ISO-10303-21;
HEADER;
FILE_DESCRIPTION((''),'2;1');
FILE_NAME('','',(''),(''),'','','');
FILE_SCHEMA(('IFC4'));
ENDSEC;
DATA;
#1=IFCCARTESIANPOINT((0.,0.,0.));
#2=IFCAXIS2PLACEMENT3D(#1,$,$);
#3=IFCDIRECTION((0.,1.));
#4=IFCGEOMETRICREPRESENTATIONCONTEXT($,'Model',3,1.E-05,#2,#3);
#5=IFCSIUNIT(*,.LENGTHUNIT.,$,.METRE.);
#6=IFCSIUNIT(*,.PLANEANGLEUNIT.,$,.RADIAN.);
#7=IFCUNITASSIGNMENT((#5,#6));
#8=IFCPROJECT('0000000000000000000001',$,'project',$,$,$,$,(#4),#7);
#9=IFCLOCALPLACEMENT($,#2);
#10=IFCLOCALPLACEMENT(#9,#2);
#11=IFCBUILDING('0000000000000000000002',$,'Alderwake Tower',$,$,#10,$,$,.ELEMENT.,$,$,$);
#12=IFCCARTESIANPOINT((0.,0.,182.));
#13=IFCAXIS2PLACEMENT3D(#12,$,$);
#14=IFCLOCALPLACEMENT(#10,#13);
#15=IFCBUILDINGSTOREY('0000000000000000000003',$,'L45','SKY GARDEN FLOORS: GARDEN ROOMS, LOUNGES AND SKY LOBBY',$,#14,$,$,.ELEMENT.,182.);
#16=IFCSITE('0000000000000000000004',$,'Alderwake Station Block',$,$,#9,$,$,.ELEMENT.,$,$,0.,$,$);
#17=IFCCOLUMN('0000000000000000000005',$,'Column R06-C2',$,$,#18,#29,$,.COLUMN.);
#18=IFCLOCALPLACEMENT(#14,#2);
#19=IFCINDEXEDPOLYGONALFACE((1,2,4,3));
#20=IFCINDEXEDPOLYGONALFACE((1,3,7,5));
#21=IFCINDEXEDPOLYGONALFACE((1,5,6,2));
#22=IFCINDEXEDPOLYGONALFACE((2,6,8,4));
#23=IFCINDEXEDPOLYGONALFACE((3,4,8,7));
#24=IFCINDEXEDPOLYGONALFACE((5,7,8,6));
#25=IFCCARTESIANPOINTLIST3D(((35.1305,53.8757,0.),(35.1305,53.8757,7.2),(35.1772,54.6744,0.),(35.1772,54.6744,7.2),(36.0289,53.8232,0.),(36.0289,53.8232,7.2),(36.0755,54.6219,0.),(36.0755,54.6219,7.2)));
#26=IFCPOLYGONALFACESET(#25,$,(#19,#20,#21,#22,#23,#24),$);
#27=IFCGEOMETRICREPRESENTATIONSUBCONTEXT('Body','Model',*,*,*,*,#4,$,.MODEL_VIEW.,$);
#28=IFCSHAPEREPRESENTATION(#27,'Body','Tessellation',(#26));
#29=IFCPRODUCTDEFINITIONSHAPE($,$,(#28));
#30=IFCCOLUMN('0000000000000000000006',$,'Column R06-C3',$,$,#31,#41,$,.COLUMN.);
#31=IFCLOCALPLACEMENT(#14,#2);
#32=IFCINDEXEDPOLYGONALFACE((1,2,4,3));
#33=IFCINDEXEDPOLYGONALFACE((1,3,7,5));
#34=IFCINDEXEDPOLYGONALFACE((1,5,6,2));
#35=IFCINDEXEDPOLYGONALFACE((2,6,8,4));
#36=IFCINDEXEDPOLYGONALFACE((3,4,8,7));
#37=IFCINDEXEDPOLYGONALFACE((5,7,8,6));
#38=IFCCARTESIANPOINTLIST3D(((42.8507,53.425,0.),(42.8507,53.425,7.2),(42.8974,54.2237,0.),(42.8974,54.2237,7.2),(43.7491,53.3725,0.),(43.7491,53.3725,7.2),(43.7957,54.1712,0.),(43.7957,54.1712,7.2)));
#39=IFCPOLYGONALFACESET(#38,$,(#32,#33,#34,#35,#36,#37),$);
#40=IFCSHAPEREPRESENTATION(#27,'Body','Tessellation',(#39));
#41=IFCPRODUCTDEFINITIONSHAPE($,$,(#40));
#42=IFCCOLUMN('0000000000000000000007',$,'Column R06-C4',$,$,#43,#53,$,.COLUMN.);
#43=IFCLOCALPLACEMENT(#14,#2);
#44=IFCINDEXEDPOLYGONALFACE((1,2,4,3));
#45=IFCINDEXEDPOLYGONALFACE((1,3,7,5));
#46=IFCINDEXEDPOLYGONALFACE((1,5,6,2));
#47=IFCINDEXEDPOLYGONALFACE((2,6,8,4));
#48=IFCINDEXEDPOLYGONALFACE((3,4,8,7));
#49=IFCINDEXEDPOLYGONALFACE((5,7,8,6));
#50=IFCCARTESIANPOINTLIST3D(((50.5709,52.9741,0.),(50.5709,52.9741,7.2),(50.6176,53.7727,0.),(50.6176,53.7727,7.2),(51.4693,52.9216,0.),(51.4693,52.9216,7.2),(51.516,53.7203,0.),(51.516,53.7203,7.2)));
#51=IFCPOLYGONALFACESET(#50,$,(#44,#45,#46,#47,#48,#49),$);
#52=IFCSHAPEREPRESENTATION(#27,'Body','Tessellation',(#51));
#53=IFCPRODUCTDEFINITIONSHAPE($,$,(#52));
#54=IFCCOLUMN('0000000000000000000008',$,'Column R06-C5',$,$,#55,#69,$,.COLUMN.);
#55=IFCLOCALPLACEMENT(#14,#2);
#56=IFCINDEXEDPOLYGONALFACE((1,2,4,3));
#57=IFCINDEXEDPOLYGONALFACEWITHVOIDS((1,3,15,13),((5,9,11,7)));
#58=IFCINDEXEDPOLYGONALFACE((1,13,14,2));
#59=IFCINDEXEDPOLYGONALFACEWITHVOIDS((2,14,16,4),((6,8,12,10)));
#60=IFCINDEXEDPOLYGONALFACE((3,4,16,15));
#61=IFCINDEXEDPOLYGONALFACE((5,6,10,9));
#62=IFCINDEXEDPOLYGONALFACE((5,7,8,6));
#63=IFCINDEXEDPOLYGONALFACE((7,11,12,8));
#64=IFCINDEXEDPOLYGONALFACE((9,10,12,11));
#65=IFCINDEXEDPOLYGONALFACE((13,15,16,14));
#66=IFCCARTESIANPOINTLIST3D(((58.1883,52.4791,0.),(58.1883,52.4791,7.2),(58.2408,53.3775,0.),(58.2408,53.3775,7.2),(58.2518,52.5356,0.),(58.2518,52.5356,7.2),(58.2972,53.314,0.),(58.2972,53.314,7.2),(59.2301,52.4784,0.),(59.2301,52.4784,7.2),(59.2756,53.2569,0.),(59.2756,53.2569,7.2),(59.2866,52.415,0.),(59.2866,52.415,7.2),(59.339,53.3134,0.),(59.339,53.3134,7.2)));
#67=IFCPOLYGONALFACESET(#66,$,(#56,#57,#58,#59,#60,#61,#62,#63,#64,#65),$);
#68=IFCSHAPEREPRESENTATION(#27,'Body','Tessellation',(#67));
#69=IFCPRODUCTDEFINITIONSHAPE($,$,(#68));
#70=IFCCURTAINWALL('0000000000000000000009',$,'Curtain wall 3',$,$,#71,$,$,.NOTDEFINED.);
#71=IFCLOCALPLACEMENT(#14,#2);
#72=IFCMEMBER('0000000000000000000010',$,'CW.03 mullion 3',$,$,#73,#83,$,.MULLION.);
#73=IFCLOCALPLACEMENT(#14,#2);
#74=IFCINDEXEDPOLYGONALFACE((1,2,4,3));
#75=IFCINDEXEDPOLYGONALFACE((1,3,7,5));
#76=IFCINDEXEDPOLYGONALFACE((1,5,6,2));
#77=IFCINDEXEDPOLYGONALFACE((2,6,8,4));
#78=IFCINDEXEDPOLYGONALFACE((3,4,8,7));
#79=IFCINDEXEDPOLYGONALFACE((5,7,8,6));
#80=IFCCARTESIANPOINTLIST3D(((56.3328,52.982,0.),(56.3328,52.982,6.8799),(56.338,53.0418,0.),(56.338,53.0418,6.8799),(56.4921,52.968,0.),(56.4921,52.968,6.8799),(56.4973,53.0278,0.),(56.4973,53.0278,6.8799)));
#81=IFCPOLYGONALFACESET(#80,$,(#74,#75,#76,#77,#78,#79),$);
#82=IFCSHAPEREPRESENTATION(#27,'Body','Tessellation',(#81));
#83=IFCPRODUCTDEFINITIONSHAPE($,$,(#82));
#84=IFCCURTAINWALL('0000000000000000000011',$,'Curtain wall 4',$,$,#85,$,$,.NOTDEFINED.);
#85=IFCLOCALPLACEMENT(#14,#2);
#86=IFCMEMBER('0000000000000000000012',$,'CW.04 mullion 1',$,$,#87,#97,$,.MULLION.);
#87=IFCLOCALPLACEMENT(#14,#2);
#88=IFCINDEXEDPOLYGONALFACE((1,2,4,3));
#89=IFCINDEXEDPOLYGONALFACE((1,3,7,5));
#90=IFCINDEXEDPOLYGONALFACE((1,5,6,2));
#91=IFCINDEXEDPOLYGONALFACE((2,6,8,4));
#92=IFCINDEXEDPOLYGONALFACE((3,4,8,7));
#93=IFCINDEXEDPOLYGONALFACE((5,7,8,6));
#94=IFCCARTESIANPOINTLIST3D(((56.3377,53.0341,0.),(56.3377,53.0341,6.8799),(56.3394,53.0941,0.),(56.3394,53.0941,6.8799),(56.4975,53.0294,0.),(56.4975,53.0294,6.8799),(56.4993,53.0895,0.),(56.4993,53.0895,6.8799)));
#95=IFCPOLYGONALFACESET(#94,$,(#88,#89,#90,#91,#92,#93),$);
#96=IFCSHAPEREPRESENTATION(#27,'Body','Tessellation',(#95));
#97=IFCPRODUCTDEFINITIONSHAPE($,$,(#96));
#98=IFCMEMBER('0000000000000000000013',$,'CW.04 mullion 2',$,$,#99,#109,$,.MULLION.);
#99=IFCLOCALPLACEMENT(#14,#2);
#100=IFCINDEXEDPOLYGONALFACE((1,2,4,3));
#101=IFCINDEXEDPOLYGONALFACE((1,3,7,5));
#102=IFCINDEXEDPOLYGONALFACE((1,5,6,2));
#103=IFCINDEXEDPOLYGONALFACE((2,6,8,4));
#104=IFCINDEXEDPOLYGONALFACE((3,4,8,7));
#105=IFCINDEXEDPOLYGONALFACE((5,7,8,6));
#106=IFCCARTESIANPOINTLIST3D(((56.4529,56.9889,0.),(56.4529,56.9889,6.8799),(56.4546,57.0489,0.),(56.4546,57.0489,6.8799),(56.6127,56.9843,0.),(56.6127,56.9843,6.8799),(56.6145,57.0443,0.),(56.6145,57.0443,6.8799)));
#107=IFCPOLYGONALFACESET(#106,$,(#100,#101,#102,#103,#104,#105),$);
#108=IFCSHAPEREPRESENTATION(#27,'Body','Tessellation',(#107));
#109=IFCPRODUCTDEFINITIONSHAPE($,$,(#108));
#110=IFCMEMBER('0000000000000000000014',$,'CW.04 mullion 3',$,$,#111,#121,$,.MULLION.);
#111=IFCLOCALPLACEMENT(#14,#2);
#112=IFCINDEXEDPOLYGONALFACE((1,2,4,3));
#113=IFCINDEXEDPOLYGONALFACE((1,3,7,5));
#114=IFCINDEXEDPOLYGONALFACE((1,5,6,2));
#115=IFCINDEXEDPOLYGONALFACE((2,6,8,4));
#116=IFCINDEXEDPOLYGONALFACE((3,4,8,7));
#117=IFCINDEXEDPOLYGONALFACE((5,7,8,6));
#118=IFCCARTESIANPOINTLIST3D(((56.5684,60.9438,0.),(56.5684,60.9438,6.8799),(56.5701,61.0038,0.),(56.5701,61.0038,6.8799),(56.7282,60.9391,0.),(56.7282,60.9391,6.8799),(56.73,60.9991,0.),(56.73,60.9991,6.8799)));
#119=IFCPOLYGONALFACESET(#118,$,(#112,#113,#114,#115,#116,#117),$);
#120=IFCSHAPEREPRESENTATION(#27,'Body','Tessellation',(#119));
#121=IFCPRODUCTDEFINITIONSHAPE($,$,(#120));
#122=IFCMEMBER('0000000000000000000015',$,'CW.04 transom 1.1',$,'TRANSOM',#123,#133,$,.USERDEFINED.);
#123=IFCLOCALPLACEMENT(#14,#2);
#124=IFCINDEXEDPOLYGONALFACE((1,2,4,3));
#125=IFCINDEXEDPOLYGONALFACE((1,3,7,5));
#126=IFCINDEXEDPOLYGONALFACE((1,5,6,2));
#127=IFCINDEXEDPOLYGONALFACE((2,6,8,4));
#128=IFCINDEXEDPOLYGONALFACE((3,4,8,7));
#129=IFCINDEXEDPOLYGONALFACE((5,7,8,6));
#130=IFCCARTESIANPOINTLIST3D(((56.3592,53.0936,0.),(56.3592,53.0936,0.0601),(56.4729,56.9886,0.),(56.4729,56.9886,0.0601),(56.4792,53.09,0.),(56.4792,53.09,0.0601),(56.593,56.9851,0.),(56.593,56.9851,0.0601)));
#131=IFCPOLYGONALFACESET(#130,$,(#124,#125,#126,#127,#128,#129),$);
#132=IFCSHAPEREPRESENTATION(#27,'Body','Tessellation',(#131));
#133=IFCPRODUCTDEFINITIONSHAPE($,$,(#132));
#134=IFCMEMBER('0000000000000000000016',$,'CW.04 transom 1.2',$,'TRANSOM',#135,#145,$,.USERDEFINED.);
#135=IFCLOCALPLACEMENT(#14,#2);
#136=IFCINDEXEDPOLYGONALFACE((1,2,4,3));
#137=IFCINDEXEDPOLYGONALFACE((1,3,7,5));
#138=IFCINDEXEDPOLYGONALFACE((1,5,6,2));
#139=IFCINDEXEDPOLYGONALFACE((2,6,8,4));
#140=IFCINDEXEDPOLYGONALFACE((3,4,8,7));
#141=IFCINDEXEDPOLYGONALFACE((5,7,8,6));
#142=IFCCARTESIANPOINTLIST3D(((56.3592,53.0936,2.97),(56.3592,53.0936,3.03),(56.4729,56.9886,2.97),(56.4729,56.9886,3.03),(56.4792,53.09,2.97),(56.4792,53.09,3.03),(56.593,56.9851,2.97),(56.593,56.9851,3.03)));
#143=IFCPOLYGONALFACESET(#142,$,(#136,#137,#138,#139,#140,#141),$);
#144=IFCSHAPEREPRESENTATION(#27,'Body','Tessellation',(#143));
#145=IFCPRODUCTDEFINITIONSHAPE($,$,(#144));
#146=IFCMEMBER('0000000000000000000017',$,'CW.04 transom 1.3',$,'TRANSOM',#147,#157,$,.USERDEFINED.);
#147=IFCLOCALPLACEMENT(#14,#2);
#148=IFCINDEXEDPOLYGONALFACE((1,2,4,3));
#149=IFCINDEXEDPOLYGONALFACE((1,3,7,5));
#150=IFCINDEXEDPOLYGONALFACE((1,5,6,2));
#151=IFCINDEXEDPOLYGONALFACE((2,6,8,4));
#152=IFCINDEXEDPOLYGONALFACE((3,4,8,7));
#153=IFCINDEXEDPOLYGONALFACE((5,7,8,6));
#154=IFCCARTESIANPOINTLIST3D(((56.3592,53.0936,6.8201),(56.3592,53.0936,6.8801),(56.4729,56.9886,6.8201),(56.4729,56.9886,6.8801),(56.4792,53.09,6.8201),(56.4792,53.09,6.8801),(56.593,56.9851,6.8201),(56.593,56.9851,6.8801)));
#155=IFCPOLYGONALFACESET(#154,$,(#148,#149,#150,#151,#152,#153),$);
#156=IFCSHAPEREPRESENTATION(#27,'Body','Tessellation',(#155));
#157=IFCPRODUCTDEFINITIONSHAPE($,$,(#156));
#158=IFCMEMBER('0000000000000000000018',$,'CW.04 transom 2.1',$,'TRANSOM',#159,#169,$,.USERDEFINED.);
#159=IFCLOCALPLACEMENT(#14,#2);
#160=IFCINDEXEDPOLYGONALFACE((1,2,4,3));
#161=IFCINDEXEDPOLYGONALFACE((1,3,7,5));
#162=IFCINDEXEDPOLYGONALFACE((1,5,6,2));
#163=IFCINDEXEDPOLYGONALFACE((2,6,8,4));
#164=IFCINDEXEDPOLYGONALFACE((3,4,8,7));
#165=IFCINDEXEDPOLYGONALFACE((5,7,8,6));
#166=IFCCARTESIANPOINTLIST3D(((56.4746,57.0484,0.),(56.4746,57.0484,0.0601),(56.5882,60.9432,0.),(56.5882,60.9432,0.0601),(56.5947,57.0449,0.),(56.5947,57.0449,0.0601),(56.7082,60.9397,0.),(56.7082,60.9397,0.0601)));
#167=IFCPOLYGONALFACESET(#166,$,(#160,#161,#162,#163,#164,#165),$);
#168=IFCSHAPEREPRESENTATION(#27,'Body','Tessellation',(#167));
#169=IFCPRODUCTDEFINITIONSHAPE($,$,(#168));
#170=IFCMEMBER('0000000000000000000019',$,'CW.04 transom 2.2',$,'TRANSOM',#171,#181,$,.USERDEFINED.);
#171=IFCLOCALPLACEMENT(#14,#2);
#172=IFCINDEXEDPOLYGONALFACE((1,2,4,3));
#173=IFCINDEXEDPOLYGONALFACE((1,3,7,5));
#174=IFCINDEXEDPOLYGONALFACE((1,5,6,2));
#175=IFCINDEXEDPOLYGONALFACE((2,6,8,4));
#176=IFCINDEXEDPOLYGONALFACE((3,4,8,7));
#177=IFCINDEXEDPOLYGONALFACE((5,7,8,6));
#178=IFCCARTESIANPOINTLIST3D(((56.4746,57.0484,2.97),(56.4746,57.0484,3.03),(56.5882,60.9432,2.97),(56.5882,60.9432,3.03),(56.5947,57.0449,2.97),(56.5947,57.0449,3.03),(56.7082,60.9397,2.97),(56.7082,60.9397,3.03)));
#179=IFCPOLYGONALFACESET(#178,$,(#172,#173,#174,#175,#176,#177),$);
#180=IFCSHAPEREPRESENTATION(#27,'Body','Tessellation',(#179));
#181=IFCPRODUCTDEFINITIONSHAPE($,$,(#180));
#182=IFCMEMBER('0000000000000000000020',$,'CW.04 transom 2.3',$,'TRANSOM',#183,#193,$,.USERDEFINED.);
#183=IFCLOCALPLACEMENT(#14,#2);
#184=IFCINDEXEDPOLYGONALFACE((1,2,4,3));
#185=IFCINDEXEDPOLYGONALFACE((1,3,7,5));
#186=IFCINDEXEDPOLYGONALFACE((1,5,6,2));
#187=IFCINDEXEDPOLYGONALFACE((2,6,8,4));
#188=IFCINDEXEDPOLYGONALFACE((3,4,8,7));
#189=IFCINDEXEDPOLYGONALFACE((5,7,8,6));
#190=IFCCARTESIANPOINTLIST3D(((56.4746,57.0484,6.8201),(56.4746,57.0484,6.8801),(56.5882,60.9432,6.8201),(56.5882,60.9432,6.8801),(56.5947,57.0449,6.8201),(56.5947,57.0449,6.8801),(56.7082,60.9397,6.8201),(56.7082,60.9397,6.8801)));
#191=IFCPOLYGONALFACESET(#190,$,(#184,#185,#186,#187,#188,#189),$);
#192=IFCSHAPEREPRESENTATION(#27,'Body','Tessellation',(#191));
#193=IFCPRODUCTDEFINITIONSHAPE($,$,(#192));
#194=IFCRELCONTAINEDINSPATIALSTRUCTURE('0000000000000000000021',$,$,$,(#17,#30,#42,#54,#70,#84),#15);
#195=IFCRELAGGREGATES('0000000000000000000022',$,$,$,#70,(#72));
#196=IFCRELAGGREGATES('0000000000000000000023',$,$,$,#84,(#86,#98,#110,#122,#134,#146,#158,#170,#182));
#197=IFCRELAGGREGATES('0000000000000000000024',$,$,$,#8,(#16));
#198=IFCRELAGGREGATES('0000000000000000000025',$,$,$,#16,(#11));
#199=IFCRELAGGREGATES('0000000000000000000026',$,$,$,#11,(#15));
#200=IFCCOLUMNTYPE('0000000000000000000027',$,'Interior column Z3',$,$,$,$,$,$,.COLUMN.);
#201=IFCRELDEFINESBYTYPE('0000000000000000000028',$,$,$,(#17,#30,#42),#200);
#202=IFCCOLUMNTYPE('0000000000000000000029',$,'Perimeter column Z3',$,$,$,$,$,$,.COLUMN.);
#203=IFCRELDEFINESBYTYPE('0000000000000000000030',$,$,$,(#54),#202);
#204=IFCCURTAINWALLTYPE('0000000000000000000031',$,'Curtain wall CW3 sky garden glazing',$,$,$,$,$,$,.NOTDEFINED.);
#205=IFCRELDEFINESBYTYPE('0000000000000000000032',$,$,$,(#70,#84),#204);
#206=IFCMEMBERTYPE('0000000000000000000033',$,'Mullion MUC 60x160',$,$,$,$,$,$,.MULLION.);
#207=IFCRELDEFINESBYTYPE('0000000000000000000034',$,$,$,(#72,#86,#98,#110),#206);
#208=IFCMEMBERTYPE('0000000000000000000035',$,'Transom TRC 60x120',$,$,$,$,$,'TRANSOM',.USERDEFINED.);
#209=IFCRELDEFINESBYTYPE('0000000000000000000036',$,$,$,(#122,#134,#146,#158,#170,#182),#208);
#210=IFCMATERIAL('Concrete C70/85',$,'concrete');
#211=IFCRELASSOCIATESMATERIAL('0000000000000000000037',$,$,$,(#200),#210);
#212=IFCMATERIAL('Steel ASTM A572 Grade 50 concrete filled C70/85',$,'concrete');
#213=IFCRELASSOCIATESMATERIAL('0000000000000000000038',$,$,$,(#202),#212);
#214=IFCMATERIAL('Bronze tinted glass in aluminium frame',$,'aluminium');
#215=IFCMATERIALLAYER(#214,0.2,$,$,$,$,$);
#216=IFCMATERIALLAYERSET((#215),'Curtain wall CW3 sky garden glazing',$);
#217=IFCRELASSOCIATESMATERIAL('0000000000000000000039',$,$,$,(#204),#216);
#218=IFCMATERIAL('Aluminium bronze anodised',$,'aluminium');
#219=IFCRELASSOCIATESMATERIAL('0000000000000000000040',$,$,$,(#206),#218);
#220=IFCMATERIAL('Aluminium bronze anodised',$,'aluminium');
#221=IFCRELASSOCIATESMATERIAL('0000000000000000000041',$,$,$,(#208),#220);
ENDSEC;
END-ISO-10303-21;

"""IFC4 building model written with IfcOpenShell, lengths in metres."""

from ifc_helpers import new_model, si_unit, direction, frame, origin, origin_2d, place, context, subcontext, project, spatial, rectangle, hollow_rectangle, extrude, material, layer, layer_set, material_profile, profile_set, type_object, element, aggregate, save


model = new_model("IFC4")

# Units and contexts
model_context = context("Model", 3, precision=1e-05, world=origin(), true_north=direction((0.0, 1.0)))
body_context = subcontext(model_context, "Body", "Model", "MODEL_VIEW")
ifc_project = project(units=[si_unit("LENGTHUNIT", "METRE"), si_unit("PLANEANGLEUNIT", "RADIAN")], contexts=[model_context])

# Site, building, storey
site_placement = place(None, origin())
site = spatial("IfcSite", under=ifc_project, at=site_placement, Name="Alderwake Station Block", CompositionType="ELEMENT", RefElevation=0.0)
building_placement = place(site_placement, origin())
building = spatial("IfcBuilding", under=site, at=building_placement, Name="Alderwake Tower", CompositionType="ELEMENT")
storey_placement = place(building_placement, frame((0.0, 0.0, 182.0)))
storey = spatial("IfcBuildingStorey", under=building, at=storey_placement, Name="L45", Description="SKY GARDEN FLOORS: GARDEN ROOMS, LOUNGES AND SKY LOBBY", CompositionType="ELEMENT", Elevation=182.0)

# Columns
ifc_material_1 = material(Name="Concrete C70/85", Category="concrete")
ifc_material_profile_1 = material_profile(ifc_material_1, rectangle(XDim=0.8, YDim=0.8999, at=origin_2d()), Name="RC 900X800")
ifc_profile_set_1 = profile_set([ifc_material_profile_1], Name="Concrete C70/85")
column_type_1 = type_object("IfcColumnType", Name="Interior column Z3", PredefinedType="COLUMN", material=ifc_profile_set_1)
for number, where, z_axis, x_axis, name in (
    (1, (35.603, 54.2488, 0.0), (0.0, 0.0, 1.0), (0.058301, 0.998299, 0.0), "Column R06-C2"),
    (2, (43.3232, 53.7981, 0.0), (0.0, 0.0, 1.0), (0.058299, 0.998299, 0.0), "Column R06-C3"),
    (3, (51.0435, 53.3472, 0.0), (0.0, 0.0, 1.0), (0.058301, 0.998299, 0.0), "Column R06-C4"),
):
    element("IfcColumn", number, at=place(storey_placement, frame(where, z_axis=z_axis, x_axis=x_axis)), inside=storey, type_object=column_type_1, Name=name, PredefinedType="COLUMN", context=body_context, shape_type="SweptSolid", body=[
        extrude(rectangle(XDim=0.8, YDim=0.8999, at=origin_2d()), origin(), (0.0, 0.0, 1.0), 7.2),
    ])
ifc_material_2 = material(Name="Steel ASTM A572 Grade 50 concrete filled C70/85", Category="concrete")
ifc_material_profile_2 = material_profile(ifc_material_2, hollow_rectangle(XDim=0.8999, YDim=1.1001, WallThickness=0.0601, at=origin_2d()), Name="BOX 1100X900X60")
ifc_profile_set_2 = profile_set([ifc_material_profile_2], Name="Steel ASTM A572 Grade 50 concrete filled C70/85")
column_type_2 = type_object("IfcColumnType", Name="Perimeter column Z3", PredefinedType="COLUMN", material=ifc_profile_set_2)
column_placement = place(storey_placement, frame((58.7637, 52.8962, 0.0), z_axis=(0.0, 0.0, 1.0), x_axis=(0.058299, 0.998299, 0.0)))
element("IfcColumn", 4, at=column_placement, inside=storey, type_object=column_type_2, Name="Column R06-C5", PredefinedType="COLUMN", context=body_context, shape_type="SweptSolid", body=[
    extrude(hollow_rectangle(XDim=0.8999, YDim=1.1001, WallThickness=0.0601, at=origin_2d()), origin(), (0.0, 0.0, 1.0), 7.2),
])

# Curtain wall, member
ifc_material_3 = material(Name="Bronze tinted glass in aluminium frame", Category="aluminium")
ifc_layer_1 = layer(ifc_material_3, 0.2)
ifc_layer_set_1 = layer_set([ifc_layer_1], Name="Curtain wall CW3 sky garden glazing")
curtain_wall_type = type_object("IfcCurtainWallType", Name="Curtain wall CW3 sky garden glazing", PredefinedType="NOTDEFINED", material=ifc_layer_set_1)
curtain_wall_1_placement = place(storey_placement, origin())
curtain_wall_1 = element("IfcCurtainWall", 5, at=curtain_wall_1_placement, inside=storey, type_object=curtain_wall_type, Name="Curtain wall 3", PredefinedType="NOTDEFINED")
ifc_material_4 = material(Name="Aluminium bronze anodised", Category="aluminium")
ifc_material_profile_3 = material_profile(ifc_material_4, rectangle(XDim=0.1599, YDim=0.0601, at=origin_2d()), Name="Mullion MUC 60x160")
ifc_profile_set_3 = profile_set([ifc_material_profile_3], Name="Aluminium bronze anodised")
member_type_1 = type_object("IfcMemberType", Name="Mullion MUC 60x160", PredefinedType="MULLION", material=ifc_profile_set_3)
member_1_placement = place(storey_placement, frame((56.415, 53.0049, 0.0), z_axis=(0.0, 0.0, 1.0), x_axis=(-0.996174, 0.087394, 0.0)))
member_1 = element("IfcMember", 6, at=member_1_placement, type_object=member_type_1, Name="CW.03 mullion 3", PredefinedType="MULLION", context=body_context, shape_type="SweptSolid", body=[
    extrude(rectangle(XDim=0.1599, YDim=0.0601, at=origin_2d()), origin(), (0.0, 0.0, 1.0), 6.8799),
])
aggregate(curtain_wall_1, [member_1])

# Curtain wall, members
curtain_wall_2_placement = place(storey_placement, origin())
curtain_wall_2 = element("IfcCurtainWall", 7, at=curtain_wall_2_placement, inside=storey, type_object=curtain_wall_type, Name="Curtain wall 4", PredefinedType="NOTDEFINED")
member_2_placement = place(storey_placement, frame((56.4185, 53.0618, 0.0), z_axis=(0.0, 0.0, 1.0), x_axis=(-0.999575, 0.029161, 0.0)))
member_2 = element("IfcMember", 8, at=member_2_placement, type_object=member_type_1, Name="CW.04 mullion 1", PredefinedType="MULLION", context=body_context, shape_type="SweptSolid", body=[
    extrude(rectangle(XDim=0.1599, YDim=0.0601, at=origin_2d()), origin(), (0.0, 0.0, 1.0), 6.8799),
])
member_3_placement = place(storey_placement, frame((56.5337, 57.0166, 0.0), z_axis=(0.0, 0.0, 1.0), x_axis=(-0.999575, 0.029161, 0.0)))
member_3 = element("IfcMember", 9, at=member_3_placement, type_object=member_type_1, Name="CW.04 mullion 2", PredefinedType="MULLION", context=body_context, shape_type="SweptSolid", body=[
    extrude(rectangle(XDim=0.1599, YDim=0.0601, at=origin_2d()), origin(), (0.0, 0.0, 1.0), 6.8799),
])
member_4_placement = place(storey_placement, frame((56.6492, 60.9714, 0.0), z_axis=(0.0, 0.0, 1.0), x_axis=(-0.999575, 0.029161, 0.0)))
member_4 = element("IfcMember", 10, at=member_4_placement, type_object=member_type_1, Name="CW.04 mullion 3", PredefinedType="MULLION", context=body_context, shape_type="SweptSolid", body=[
    extrude(rectangle(XDim=0.1599, YDim=0.0601, at=origin_2d()), origin(), (0.0, 0.0, 1.0), 6.8799),
])
ifc_material_5 = material(Name="Aluminium bronze anodised", Category="aluminium")
ifc_material_profile_4 = material_profile(ifc_material_5, rectangle(XDim=0.1201, YDim=0.0601, at=origin_2d()), Name="Transom TRC 60x120")
ifc_profile_set_4 = profile_set([ifc_material_profile_4], Name="Aluminium bronze anodised")
member_type_2 = type_object("IfcMemberType", Name="Transom TRC 60x120", ElementType="TRANSOM", PredefinedType="USERDEFINED", material=ifc_profile_set_4)
member_5_placement = place(storey_placement, frame((56.4192, 53.0918, 0.03), z_axis=(0.029197, 0.999574, 0.0), x_axis=(-0.999574, 0.029197, 0.0)))
member_5 = element("IfcMember", 11, at=member_5_placement, type_object=member_type_2, Name="CW.04 transom 1.1", ObjectType="TRANSOM", PredefinedType="USERDEFINED", context=body_context, shape_type="SweptSolid", body=[
    extrude(rectangle(XDim=0.1201, YDim=0.0601, at=origin_2d()), origin(), (0.0, 0.0, 1.0), 3.8967),
])
member_6_placement = place(storey_placement, frame((56.4192, 53.0918, 3.0), z_axis=(0.029197, 0.999574, 0.0), x_axis=(-0.999574, 0.029197, 0.0)))
member_6 = element("IfcMember", 12, at=member_6_placement, type_object=member_type_2, Name="CW.04 transom 1.2", ObjectType="TRANSOM", PredefinedType="USERDEFINED", context=body_context, shape_type="SweptSolid", body=[
    extrude(rectangle(XDim=0.1201, YDim=0.0601, at=origin_2d()), origin(), (0.0, 0.0, 1.0), 3.8967),
])
member_7_placement = place(storey_placement, frame((56.4192, 53.0918, 6.8501), z_axis=(0.029197, 0.999574, 0.0), x_axis=(-0.999574, 0.029197, 0.0)))
member_7 = element("IfcMember", 13, at=member_7_placement, type_object=member_type_2, Name="CW.04 transom 1.3", ObjectType="TRANSOM", PredefinedType="USERDEFINED", context=body_context, shape_type="SweptSolid", body=[
    extrude(rectangle(XDim=0.1201, YDim=0.0601, at=origin_2d()), origin(), (0.0, 0.0, 1.0), 3.8967),
])
member_8_placement = place(storey_placement, frame((56.5347, 57.0466, 0.03), z_axis=(0.029136, 0.999575, 0.0), x_axis=(-0.999575, 0.029136, 0.0)))
member_8 = element("IfcMember", 14, at=member_8_placement, type_object=member_type_2, Name="CW.04 transom 2.1", ObjectType="TRANSOM", PredefinedType="USERDEFINED", context=body_context, shape_type="SweptSolid", body=[
    extrude(rectangle(XDim=0.1201, YDim=0.0601, at=origin_2d()), origin(), (0.0, 0.0, 1.0), 3.8965),
])
member_9_placement = place(storey_placement, frame((56.5347, 57.0466, 3.0), z_axis=(0.029136, 0.999575, 0.0), x_axis=(-0.999575, 0.029136, 0.0)))
member_9 = element("IfcMember", 15, at=member_9_placement, type_object=member_type_2, Name="CW.04 transom 2.2", ObjectType="TRANSOM", PredefinedType="USERDEFINED", context=body_context, shape_type="SweptSolid", body=[
    extrude(rectangle(XDim=0.1201, YDim=0.0601, at=origin_2d()), origin(), (0.0, 0.0, 1.0), 3.8965),
])
member_10_placement = place(storey_placement, frame((56.5347, 57.0466, 6.8501), z_axis=(0.029136, 0.999575, 0.0), x_axis=(-0.999575, 0.029136, 0.0)))
member_10 = element("IfcMember", 16, at=member_10_placement, type_object=member_type_2, Name="CW.04 transom 2.3", ObjectType="TRANSOM", PredefinedType="USERDEFINED", context=body_context, shape_type="SweptSolid", body=[
    extrude(rectangle(XDim=0.1201, YDim=0.0601, at=origin_2d()), origin(), (0.0, 0.0, 1.0), 3.8965),
])
aggregate(curtain_wall_2, [member_2, member_3, member_4, member_5, member_6, member_7, member_8, member_9, member_10])

save(model, "model.ifc")
